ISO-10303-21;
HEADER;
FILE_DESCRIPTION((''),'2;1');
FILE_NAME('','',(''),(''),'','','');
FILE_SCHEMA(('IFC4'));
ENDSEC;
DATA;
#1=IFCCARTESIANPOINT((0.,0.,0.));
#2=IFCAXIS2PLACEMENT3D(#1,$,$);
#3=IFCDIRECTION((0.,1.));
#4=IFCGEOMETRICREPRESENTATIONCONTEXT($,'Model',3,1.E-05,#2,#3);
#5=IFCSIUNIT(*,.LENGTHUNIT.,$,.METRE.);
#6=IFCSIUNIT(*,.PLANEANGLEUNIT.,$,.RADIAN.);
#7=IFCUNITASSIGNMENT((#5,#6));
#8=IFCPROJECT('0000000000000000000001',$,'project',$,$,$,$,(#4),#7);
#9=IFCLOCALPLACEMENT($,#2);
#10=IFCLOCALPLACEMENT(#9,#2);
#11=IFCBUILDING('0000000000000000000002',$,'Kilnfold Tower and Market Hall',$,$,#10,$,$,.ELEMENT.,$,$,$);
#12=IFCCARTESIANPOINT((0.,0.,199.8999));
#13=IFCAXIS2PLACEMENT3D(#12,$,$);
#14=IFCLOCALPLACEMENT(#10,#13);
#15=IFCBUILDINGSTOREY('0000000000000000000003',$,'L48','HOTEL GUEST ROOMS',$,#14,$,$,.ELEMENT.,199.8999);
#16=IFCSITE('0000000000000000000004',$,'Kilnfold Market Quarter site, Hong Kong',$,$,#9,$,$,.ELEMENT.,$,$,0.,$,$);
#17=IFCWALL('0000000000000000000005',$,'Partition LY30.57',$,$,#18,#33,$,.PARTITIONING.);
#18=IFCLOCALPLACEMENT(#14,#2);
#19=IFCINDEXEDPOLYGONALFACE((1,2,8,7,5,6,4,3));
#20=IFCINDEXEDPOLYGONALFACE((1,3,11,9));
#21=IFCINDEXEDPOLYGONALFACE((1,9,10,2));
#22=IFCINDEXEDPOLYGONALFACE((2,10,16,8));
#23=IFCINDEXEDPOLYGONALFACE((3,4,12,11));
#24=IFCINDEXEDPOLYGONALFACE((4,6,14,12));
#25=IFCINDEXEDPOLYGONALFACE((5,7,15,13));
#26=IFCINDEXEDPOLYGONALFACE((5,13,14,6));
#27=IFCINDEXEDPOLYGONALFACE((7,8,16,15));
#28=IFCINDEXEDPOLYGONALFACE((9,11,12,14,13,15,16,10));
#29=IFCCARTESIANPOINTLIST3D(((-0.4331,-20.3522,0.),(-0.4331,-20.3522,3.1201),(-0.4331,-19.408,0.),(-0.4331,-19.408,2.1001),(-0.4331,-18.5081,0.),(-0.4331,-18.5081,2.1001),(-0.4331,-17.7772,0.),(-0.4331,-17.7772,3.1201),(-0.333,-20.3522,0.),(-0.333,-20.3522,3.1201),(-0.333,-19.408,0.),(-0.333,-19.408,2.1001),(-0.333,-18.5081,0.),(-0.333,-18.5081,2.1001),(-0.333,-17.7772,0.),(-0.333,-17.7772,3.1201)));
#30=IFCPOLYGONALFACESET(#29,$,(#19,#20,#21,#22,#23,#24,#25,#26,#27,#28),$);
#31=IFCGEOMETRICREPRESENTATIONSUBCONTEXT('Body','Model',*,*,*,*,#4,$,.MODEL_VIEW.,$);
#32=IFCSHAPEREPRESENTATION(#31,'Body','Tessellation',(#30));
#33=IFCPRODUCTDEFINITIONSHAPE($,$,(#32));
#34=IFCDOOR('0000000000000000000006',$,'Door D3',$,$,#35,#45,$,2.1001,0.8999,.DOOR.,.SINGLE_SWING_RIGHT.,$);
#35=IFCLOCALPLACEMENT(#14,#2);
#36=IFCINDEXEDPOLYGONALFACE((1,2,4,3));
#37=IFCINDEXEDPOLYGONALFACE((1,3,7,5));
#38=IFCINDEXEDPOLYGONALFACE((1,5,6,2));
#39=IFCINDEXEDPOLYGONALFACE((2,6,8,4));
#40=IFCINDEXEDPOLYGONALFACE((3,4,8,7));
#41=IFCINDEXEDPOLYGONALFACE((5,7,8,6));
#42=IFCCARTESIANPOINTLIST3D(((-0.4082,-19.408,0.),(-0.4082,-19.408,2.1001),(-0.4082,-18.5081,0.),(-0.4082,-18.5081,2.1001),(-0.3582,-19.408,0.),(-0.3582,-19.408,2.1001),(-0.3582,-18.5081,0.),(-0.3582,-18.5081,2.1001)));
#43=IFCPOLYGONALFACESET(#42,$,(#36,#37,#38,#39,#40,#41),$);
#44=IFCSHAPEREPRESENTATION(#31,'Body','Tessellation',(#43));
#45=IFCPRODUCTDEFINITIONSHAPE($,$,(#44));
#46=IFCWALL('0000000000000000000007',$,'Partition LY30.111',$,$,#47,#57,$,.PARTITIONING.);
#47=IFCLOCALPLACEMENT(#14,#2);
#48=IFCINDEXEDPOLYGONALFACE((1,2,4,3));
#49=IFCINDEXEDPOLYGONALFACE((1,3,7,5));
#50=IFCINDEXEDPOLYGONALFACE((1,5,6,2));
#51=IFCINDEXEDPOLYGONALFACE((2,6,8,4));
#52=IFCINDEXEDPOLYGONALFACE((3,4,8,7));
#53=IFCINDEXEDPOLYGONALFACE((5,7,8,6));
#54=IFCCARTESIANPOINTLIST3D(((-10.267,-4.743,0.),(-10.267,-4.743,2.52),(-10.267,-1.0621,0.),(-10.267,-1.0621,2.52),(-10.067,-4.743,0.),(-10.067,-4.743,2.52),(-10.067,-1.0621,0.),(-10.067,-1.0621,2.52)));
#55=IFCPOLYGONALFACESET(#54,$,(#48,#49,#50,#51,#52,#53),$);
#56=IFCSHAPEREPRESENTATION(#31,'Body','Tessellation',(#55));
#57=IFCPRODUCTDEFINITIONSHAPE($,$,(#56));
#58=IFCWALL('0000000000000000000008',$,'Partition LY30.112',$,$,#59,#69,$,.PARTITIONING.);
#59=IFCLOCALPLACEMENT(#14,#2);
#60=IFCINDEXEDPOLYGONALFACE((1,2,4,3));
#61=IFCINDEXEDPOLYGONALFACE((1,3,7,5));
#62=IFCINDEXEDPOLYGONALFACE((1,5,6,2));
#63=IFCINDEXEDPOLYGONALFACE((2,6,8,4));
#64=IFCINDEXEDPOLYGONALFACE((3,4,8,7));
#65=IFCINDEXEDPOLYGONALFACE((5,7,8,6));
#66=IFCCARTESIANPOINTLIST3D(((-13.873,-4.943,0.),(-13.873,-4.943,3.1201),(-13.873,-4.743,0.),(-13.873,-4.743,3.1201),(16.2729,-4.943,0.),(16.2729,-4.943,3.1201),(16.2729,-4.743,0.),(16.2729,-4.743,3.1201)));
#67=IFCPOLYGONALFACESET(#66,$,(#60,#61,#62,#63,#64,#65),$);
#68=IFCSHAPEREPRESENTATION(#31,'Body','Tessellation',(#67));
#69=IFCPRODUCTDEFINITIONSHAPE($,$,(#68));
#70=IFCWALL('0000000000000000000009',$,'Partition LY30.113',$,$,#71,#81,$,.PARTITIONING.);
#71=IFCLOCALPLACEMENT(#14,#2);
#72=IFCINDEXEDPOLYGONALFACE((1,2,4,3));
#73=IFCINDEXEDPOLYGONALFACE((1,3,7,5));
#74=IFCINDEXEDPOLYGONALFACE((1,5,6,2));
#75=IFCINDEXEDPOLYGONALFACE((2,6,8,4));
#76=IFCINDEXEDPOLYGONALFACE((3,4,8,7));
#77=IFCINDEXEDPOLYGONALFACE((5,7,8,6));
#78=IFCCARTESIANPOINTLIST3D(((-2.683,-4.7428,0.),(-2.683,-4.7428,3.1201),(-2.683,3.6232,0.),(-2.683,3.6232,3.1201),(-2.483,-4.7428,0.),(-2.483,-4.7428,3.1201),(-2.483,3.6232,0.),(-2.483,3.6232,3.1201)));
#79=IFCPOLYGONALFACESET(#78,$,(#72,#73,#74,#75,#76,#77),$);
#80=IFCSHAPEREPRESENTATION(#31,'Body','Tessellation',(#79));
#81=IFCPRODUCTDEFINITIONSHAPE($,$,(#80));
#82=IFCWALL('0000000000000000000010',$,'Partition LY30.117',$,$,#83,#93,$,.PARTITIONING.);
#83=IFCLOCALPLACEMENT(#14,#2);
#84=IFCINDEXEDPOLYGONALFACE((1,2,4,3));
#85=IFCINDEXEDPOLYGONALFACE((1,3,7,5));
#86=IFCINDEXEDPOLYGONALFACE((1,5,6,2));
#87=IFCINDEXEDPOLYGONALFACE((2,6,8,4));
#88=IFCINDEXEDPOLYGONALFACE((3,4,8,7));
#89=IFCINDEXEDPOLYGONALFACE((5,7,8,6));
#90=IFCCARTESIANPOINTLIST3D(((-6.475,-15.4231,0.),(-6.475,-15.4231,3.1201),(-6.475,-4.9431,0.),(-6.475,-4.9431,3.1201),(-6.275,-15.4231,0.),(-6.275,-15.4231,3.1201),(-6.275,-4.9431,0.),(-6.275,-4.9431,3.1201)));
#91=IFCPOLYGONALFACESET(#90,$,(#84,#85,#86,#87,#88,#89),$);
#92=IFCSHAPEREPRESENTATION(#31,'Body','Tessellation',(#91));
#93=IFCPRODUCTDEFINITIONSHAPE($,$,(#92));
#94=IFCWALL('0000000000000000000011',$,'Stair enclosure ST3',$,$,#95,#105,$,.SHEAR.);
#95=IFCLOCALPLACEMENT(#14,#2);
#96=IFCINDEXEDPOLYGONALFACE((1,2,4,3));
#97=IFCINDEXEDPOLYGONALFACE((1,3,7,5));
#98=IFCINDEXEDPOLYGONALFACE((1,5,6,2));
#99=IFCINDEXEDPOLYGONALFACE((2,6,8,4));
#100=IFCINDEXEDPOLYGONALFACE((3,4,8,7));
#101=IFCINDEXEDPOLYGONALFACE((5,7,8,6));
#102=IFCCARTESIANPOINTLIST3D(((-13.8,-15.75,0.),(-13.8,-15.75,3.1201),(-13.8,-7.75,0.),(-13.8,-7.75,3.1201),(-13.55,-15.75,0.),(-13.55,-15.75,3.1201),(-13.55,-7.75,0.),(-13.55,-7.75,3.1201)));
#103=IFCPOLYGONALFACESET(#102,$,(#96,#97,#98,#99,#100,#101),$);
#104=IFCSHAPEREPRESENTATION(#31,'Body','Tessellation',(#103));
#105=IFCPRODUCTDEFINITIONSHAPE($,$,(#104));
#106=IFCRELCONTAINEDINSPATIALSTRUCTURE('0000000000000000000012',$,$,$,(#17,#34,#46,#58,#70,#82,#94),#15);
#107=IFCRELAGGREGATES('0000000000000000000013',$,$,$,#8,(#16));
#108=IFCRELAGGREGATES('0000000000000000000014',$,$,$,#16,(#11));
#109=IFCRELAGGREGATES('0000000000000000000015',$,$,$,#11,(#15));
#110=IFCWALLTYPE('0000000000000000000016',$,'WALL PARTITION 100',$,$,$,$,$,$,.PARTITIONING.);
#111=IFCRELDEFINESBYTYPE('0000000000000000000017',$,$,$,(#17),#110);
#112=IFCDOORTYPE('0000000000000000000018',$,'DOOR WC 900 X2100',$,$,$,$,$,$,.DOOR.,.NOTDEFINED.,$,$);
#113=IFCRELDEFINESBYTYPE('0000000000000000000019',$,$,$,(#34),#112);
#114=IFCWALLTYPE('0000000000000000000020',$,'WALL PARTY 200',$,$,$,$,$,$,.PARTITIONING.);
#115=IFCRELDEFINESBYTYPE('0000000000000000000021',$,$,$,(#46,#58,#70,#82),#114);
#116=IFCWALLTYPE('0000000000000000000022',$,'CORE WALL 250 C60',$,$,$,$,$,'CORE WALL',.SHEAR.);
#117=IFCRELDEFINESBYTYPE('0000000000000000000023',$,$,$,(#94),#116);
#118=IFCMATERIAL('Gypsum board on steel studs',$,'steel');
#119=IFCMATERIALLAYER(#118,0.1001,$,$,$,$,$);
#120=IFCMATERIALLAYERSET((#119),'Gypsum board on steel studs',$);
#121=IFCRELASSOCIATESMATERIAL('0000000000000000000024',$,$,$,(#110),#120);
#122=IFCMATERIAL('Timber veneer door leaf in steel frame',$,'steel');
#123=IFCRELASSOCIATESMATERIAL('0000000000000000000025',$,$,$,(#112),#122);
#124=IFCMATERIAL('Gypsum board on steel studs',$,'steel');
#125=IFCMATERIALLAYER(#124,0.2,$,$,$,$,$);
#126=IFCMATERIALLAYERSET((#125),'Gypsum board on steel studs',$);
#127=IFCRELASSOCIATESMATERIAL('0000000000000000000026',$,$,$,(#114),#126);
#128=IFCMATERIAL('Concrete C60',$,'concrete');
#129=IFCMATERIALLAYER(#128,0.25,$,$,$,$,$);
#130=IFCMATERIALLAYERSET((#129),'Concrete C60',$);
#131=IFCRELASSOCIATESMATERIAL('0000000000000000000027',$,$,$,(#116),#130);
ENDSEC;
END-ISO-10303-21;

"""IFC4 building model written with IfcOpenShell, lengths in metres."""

from ifc_helpers import new_model, si_unit, direction, frame, frame_2d, origin, place, context, subcontext, project, spatial, rectangle, extrude, source, transform, mapped, material, layer, layer_set, type_object, element, fill, save


model = new_model("IFC4")

# Units and contexts
model_context = context("Model", 3, precision=1e-05, world=origin(), true_north=direction((0.0, 1.0)))
body_context = subcontext(model_context, "Body", "Model", "MODEL_VIEW")
ifc_project = project(units=[si_unit("LENGTHUNIT", "METRE"), si_unit("PLANEANGLEUNIT", "RADIAN")], contexts=[model_context])

# Site, building, storey
site_placement = place(None, origin())
site = spatial("IfcSite", under=ifc_project, at=site_placement, Name="Kilnfold Market Quarter site, Hong Kong", CompositionType="ELEMENT", RefElevation=0.0)
building_placement = place(site_placement, origin())
building = spatial("IfcBuilding", under=site, at=building_placement, Name="Kilnfold Tower and Market Hall", CompositionType="ELEMENT")
storey_placement = place(building_placement, frame((0.0, 0.0, 199.8999)))
storey = spatial("IfcBuildingStorey", under=building, at=storey_placement, Name="L48", Description="HOTEL GUEST ROOMS", CompositionType="ELEMENT", Elevation=199.8999)

# Wall, opening, door
ifc_material_1 = material(Name="Gypsum board on steel studs", Category="steel")
ifc_layer_1 = layer(ifc_material_1, 0.1001)
ifc_layer_set_1 = layer_set([ifc_layer_1], Name="Gypsum board on steel studs")
wall_type_1 = type_object("IfcWallType", Name="WALL PARTITION 100", PredefinedType="PARTITIONING", material=ifc_layer_set_1)
wall_1_placement = place(storey_placement, frame((-0.3831, -17.7771, 0.0), z_axis=(0.0, 0.0, 1.0), x_axis=(0.0, -1.0, 0.0)))
wall_1 = element("IfcWall", 1, at=wall_1_placement, inside=storey, type_object=wall_type_1, Name="Partition LY30.57", PredefinedType="PARTITIONING", context=body_context, shape_type="SweptSolid", body=[
    extrude(rectangle(XDim=2.575, YDim=0.1001, at=frame_2d((1.2876, 0.0))), origin(), (0.0, 0.0, 1.0), 3.1201),
])
opening_1_placement = place(wall_1_placement, frame((0.731, 0.0, 0.0)))
opening_1 = element("IfcOpeningElement", 2, at=opening_1_placement, cuts=wall_1, PredefinedType="OPENING", context=body_context, shape_type="SweptSolid", body=[
    extrude(rectangle(XDim=0.8999, YDim=2.1001, at=frame_2d((0.45, 1.05))), frame((0.0, 0.0601, 0.0), z_axis=(0.0, -1.0, 0.0), x_axis=(1.0, 0.0, 0.0)), (0.0, 0.0, 1.0), 0.1201),
])
ifc_material_2 = material(Name="Timber veneer door leaf in steel frame", Category="steel")
door_type_1 = type_object("IfcDoorType", Name="DOOR WC 900 X2100", OperationType="NOTDEFINED", PredefinedType="DOOR", material=ifc_material_2)
door_1_placement = place(opening_1_placement, origin())
door_1 = element("IfcDoor", 3, at=door_1_placement, inside=storey, type_object=door_type_1, Name="Door D3", OperationType="SINGLE_SWING_RIGHT", OverallHeight=2.1001, OverallWidth=0.8999, PredefinedType="DOOR", context=body_context, shape_type="SweptSolid", body=[
    extrude(rectangle(XDim=0.8999, YDim=2.1001, at=frame_2d((0.45, 1.05))), frame((0.0, 0.0249, 0.0), z_axis=(0.0, -1.0, 0.0), x_axis=(1.0, 0.0, 0.0)), (0.0, 0.0, 1.0), 0.05),
])
fill(opening_1, door_1)

# Walls
ifc_material_3 = material(Name="Gypsum board on steel studs", Category="steel")
ifc_layer_2 = layer(ifc_material_3, 0.2)
ifc_layer_set_2 = layer_set([ifc_layer_2], Name="Gypsum board on steel studs")
wall_type_2 = type_object("IfcWallType", Name="WALL PARTY 200", PredefinedType="PARTITIONING", material=ifc_layer_set_2)
wall_2_placement = place(storey_placement, frame((-10.167, -4.7429, 0.0), z_axis=(0.0, 0.0, 1.0), x_axis=(0.0, 1.0, 0.0)))
element("IfcWall", 4, at=wall_2_placement, inside=storey, type_object=wall_type_2, Name="Partition LY30.111", PredefinedType="PARTITIONING", context=body_context, shape_type="SweptSolid", body=[
    extrude(rectangle(XDim=3.6809, YDim=0.2, at=frame_2d((1.8403, 0.0))), origin(), (0.0, 0.0, 1.0), 2.52),
])
wall_3_placement = place(storey_placement, frame((-13.873, -4.843, 0.0), z_axis=(0.0, 0.0, 1.0), x_axis=(1.0, 0.0, 0.0)))
element("IfcWall", 5, at=wall_3_placement, inside=storey, type_object=wall_type_2, Name="Partition LY30.112", PredefinedType="PARTITIONING", context=body_context, shape_type="SweptSolid", body=[
    extrude(rectangle(XDim=30.146, YDim=0.2, at=frame_2d((15.073, 0.0))), origin(), (0.0, 0.0, 1.0), 3.1201),
])
wall_4_placement = place(storey_placement, frame((-2.583, -4.7429, 0.0), z_axis=(0.0, 0.0, 1.0), x_axis=(0.0, 1.0, 0.0)))
element("IfcWall", 6, at=wall_4_placement, inside=storey, type_object=wall_type_2, Name="Partition LY30.113", PredefinedType="PARTITIONING", context=body_context, shape_type="SweptSolid", body=[
    extrude(rectangle(XDim=8.366, YDim=0.2, at=frame_2d((4.1831, 0.0))), origin(), (0.0, 0.0, 1.0), 3.1201),
])
wall_5_placement = place(storey_placement, frame((-6.375, -15.4231, 0.0), z_axis=(0.0, 0.0, 1.0), x_axis=(0.0, 1.0, 0.0)))
element("IfcWall", 7, at=wall_5_placement, inside=storey, type_object=wall_type_2, Name="Partition LY30.117", PredefinedType="PARTITIONING", context=body_context, shape_type="SweptSolid", body=[
    extrude(rectangle(XDim=10.48, YDim=0.2, at=frame_2d((5.24, 0.0))), origin(), (0.0, 0.0, 1.0), 3.1201),
])
ifc_material_4 = material(Name="Concrete C60", Category="concrete")
ifc_layer_3 = layer(ifc_material_4, 0.25)
ifc_layer_set_3 = layer_set([ifc_layer_3], Name="Concrete C60")
wall_type_3 = type_object("IfcWallType", Name="CORE WALL 250 C60", ElementType="CORE WALL", PredefinedType="SHEAR", material=ifc_layer_set_3)
shared_shape_1 = source(origin(), body_context, "Body", "SweptSolid", [
    extrude(rectangle(XDim=8.0, YDim=0.25, at=frame_2d((4.0, 0.0))), origin(), (0.0, 0.0, 1.0), 3.1201),
])
wall_6_placement = place(storey_placement, frame((-13.675, -15.75, 0.0), z_axis=(0.0, 0.0, 1.0), x_axis=(0.0, 1.0, 0.0)))
element("IfcWall", 8, at=wall_6_placement, inside=storey, type_object=wall_type_3, Name="Stair enclosure ST3", PredefinedType="SHEAR", context=body_context, shape_type="MappedRepresentation", body=[
    mapped(shared_shape_1, transform((0.0, 0.0, 0.0))),
])

save(model, "model.ifc")
